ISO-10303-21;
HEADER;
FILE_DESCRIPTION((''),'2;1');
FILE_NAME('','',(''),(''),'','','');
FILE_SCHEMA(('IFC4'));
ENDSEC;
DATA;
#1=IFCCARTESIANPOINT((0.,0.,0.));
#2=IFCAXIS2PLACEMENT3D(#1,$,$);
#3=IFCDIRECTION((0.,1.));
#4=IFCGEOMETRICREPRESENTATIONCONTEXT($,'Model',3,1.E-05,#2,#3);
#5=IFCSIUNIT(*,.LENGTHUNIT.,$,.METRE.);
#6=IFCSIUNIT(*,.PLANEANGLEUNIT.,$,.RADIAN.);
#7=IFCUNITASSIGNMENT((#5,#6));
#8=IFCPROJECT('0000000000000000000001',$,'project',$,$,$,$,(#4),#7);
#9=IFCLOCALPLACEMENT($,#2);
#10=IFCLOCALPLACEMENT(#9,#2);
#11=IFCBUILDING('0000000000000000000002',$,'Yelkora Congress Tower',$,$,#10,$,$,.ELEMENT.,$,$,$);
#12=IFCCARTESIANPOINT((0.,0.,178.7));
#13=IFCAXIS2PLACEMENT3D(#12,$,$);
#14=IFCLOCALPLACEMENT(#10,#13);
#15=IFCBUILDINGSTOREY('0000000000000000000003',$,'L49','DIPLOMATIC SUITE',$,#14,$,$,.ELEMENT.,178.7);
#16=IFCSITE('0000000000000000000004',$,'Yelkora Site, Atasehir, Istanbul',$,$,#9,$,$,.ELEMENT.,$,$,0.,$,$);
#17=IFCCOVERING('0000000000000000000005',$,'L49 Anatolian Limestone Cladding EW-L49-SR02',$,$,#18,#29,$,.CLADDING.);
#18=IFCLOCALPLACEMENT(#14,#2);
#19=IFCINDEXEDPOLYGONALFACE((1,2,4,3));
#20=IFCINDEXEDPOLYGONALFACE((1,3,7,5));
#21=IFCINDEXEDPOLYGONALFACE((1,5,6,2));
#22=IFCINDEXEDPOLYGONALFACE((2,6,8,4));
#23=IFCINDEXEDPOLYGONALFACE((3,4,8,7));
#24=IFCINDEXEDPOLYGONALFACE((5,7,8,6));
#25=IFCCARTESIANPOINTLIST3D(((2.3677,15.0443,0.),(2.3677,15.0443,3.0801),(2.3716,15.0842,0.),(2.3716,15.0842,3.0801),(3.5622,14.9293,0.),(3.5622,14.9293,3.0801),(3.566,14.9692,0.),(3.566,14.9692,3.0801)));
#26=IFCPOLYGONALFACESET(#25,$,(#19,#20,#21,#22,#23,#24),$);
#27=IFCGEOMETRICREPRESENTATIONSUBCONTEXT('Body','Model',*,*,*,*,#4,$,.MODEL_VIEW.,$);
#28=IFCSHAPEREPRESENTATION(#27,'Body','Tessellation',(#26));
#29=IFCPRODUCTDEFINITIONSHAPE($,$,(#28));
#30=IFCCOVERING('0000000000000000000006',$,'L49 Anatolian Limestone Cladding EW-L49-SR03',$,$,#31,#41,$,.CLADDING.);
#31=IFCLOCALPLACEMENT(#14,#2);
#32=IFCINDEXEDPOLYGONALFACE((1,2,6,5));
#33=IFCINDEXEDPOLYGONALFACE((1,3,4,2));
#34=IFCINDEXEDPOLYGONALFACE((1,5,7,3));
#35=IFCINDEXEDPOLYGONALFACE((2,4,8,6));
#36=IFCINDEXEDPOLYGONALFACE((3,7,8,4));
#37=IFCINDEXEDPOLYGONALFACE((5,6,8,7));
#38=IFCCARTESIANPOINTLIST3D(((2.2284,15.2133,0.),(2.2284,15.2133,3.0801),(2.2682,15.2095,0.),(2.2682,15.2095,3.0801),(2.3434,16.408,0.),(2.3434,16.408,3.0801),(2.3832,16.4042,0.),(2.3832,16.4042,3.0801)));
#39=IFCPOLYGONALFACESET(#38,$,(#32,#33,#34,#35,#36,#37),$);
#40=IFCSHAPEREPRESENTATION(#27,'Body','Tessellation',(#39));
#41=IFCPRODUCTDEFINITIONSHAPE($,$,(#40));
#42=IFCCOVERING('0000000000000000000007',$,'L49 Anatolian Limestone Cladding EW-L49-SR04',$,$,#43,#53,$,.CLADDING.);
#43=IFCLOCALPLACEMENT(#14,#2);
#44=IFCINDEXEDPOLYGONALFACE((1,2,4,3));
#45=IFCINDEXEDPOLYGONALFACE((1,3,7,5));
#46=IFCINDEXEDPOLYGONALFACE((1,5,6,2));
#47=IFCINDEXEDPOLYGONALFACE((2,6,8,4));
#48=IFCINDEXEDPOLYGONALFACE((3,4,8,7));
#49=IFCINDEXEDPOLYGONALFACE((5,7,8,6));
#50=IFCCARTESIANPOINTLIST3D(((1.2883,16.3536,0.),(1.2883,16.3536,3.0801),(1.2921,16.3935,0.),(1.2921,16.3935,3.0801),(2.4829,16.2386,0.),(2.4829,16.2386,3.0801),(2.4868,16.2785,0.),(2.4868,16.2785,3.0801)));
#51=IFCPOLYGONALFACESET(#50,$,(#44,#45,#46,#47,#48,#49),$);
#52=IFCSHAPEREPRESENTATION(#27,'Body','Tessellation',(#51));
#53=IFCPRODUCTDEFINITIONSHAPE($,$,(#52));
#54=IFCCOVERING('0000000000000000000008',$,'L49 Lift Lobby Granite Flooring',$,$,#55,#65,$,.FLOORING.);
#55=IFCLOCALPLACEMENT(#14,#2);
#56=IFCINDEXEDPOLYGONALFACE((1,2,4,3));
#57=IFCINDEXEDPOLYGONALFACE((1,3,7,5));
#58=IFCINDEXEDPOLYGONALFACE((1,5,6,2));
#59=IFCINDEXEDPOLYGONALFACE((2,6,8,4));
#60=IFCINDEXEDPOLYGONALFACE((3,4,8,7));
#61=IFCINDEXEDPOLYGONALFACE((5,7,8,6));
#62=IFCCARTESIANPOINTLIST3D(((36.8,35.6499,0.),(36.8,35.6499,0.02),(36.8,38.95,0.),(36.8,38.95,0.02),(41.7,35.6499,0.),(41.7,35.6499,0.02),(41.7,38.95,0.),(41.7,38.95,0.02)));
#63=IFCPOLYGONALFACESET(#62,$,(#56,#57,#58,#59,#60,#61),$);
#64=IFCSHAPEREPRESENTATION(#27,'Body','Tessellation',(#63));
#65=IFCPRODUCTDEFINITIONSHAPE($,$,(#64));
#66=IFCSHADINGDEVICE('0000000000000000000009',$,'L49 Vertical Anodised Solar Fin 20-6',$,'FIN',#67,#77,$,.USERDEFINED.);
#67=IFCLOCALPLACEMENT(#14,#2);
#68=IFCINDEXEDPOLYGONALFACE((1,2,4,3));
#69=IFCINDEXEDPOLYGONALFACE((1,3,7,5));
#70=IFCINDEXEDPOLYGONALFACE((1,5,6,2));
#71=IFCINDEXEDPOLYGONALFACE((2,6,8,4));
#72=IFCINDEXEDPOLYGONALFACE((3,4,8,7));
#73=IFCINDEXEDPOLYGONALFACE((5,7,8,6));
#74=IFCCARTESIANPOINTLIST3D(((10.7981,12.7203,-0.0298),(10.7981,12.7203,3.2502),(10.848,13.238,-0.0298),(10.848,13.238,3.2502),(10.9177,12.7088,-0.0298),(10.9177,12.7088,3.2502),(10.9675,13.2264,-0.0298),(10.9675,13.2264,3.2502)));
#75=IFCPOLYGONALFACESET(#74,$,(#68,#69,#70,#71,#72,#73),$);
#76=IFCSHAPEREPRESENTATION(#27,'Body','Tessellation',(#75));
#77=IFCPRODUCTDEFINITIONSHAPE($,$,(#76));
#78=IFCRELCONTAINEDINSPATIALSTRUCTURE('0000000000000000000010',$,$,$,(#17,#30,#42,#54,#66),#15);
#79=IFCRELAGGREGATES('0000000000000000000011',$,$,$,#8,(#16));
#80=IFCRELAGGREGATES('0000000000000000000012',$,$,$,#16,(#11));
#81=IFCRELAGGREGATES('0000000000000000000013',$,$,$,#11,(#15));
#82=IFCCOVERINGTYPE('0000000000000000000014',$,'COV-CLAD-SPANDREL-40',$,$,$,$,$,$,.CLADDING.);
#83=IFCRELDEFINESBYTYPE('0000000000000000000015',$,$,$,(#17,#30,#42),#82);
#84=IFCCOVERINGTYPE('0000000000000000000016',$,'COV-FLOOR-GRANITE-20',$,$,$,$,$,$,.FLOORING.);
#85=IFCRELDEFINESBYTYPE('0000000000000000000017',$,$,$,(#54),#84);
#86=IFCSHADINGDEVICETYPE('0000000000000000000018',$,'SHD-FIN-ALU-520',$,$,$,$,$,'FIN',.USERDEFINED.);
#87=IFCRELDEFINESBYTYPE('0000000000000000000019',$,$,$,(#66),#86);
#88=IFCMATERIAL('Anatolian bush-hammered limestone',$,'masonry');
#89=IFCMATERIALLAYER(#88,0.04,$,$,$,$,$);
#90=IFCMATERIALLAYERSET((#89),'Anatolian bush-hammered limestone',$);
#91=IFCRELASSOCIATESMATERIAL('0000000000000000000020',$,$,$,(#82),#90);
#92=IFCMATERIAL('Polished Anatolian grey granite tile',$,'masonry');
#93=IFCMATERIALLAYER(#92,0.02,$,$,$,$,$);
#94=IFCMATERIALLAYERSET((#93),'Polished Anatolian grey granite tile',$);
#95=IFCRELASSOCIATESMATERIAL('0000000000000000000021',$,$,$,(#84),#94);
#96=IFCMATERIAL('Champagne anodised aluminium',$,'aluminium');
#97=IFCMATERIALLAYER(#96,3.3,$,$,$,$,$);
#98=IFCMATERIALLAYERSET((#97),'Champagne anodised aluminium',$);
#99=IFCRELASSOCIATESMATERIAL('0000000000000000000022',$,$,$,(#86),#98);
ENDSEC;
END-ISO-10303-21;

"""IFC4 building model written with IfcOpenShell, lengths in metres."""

from ifc_helpers import new_model, si_unit, direction, frame, frame_2d, origin, origin_2d, place, context, subcontext, project, spatial, polyline, rectangle, outline, extrude, material, layer, layer_set, type_object, element, save


model = new_model("IFC4")

# Units and contexts
model_context = context("Model", 3, precision=1e-05, world=origin(), true_north=direction((0.0, 1.0)))
body_context = subcontext(model_context, "Body", "Model", "MODEL_VIEW")
ifc_project = project(units=[si_unit("LENGTHUNIT", "METRE"), si_unit("PLANEANGLEUNIT", "RADIAN")], contexts=[model_context])

# Site, building, storey
site_placement = place(None, origin())
site = spatial("IfcSite", under=ifc_project, at=site_placement, Name="Yelkora Site, Atasehir, Istanbul", CompositionType="ELEMENT", RefElevation=0.0)
building_placement = place(site_placement, origin())
building = spatial("IfcBuilding", under=site, at=building_placement, Name="Yelkora Congress Tower", CompositionType="ELEMENT")
storey_placement = place(building_placement, frame((0.0, 0.0, 178.7)))
storey = spatial("IfcBuildingStorey", under=building, at=storey_placement, Name="L49", Description="DIPLOMATIC SUITE", CompositionType="ELEMENT", Elevation=178.7)

# Coverings
ifc_material_1 = material(Name="Anatolian bush-hammered limestone", Category="masonry")
ifc_layer_1 = layer(ifc_material_1, 0.04)
ifc_layer_set_1 = layer_set([ifc_layer_1], Name="Anatolian bush-hammered limestone")
covering_type_1 = type_object("IfcCoveringType", Name="COV-CLAD-SPANDREL-40", PredefinedType="CLADDING", material=ifc_layer_set_1)
covering_1_placement = place(storey_placement, frame((3.5642, 14.9492, 0.0), z_axis=(0.0, 0.0, 1.0), x_axis=(-0.995397, 0.095836, 0.0)))
element("IfcCovering", 1, at=covering_1_placement, inside=storey, type_object=covering_type_1, Name="L49 Anatolian Limestone Cladding EW-L49-SR02", PredefinedType="CLADDING", context=body_context, shape_type="SweptSolid", body=[
    extrude(rectangle(XDim=1.2, YDim=0.04, at=frame_2d((0.6001, 0.0))), origin(), (0.0, 0.0, 1.0), 3.0801),
])
for number, where, z_axis, x_axis, name in (
    (2, (2.2483, 15.2114, 0.0), (0.0, 0.0, 1.0), (0.095817, 0.995399, 0.0), "L49 Anatolian Limestone Cladding EW-L49-SR03"),
    (3, (2.4849, 16.2585, 0.0), (0.0, 0.0, 1.0), (-0.995399, 0.095817, 0.0), "L49 Anatolian Limestone Cladding EW-L49-SR04"),
):
    element("IfcCovering", number, at=place(storey_placement, frame(where, z_axis=z_axis, x_axis=x_axis)), inside=storey, type_object=covering_type_1, Name=name, PredefinedType="CLADDING", context=body_context, shape_type="SweptSolid", body=[
        extrude(rectangle(XDim=1.2002, YDim=0.04, at=frame_2d((0.6001, 0.0))), origin(), (0.0, 0.0, 1.0), 3.0801),
    ])
ifc_material_2 = material(Name="Polished Anatolian grey granite tile", Category="masonry")
ifc_layer_2 = layer(ifc_material_2, 0.02)
ifc_layer_set_2 = layer_set([ifc_layer_2], Name="Polished Anatolian grey granite tile")
covering_type_2 = type_object("IfcCoveringType", Name="COV-FLOOR-GRANITE-20", PredefinedType="FLOORING", material=ifc_layer_set_2)
covering_2_placement = place(storey_placement, origin())
element("IfcCovering", 4, at=covering_2_placement, inside=storey, type_object=covering_type_2, Name="L49 Lift Lobby Granite Flooring", PredefinedType="FLOORING", context=body_context, shape_type="SweptSolid", body=[
    extrude(outline(polyline([(36.8, 35.6499), (41.7, 35.6499), (41.7, 38.95), (36.8, 38.95), (36.8, 35.6499)])), origin(), (0.0, 0.0, 1.0), 0.02),
])

# Shading device
ifc_material_3 = material(Name="Champagne anodised aluminium", Category="aluminium")
ifc_layer_3 = layer(ifc_material_3, 3.3)
ifc_layer_set_3 = layer_set([ifc_layer_3], Name="Champagne anodised aluminium")
shading_device_type = type_object("IfcShadingDeviceType", Name="SHD-FIN-ALU-520", ElementType="FIN", PredefinedType="USERDEFINED", material=ifc_layer_set_3)
shading_device_placement = place(storey_placement, frame((10.8828, 12.9734, -0.0298), z_axis=(0.0, 0.0, 1.0), x_axis=(-0.995396, 0.095846, 0.0)))
element("IfcShadingDevice", 5, at=shading_device_placement, inside=storey, type_object=shading_device_type, Name="L49 Vertical Anodised Solar Fin 20-6", ObjectType="FIN", PredefinedType="USERDEFINED", context=body_context, shape_type="SweptSolid", body=[
    extrude(rectangle(XDim=0.1201, YDim=0.52, at=origin_2d()), origin(), (0.0, 0.0, 1.0), 3.28),
])

save(model, "model.ifc")
